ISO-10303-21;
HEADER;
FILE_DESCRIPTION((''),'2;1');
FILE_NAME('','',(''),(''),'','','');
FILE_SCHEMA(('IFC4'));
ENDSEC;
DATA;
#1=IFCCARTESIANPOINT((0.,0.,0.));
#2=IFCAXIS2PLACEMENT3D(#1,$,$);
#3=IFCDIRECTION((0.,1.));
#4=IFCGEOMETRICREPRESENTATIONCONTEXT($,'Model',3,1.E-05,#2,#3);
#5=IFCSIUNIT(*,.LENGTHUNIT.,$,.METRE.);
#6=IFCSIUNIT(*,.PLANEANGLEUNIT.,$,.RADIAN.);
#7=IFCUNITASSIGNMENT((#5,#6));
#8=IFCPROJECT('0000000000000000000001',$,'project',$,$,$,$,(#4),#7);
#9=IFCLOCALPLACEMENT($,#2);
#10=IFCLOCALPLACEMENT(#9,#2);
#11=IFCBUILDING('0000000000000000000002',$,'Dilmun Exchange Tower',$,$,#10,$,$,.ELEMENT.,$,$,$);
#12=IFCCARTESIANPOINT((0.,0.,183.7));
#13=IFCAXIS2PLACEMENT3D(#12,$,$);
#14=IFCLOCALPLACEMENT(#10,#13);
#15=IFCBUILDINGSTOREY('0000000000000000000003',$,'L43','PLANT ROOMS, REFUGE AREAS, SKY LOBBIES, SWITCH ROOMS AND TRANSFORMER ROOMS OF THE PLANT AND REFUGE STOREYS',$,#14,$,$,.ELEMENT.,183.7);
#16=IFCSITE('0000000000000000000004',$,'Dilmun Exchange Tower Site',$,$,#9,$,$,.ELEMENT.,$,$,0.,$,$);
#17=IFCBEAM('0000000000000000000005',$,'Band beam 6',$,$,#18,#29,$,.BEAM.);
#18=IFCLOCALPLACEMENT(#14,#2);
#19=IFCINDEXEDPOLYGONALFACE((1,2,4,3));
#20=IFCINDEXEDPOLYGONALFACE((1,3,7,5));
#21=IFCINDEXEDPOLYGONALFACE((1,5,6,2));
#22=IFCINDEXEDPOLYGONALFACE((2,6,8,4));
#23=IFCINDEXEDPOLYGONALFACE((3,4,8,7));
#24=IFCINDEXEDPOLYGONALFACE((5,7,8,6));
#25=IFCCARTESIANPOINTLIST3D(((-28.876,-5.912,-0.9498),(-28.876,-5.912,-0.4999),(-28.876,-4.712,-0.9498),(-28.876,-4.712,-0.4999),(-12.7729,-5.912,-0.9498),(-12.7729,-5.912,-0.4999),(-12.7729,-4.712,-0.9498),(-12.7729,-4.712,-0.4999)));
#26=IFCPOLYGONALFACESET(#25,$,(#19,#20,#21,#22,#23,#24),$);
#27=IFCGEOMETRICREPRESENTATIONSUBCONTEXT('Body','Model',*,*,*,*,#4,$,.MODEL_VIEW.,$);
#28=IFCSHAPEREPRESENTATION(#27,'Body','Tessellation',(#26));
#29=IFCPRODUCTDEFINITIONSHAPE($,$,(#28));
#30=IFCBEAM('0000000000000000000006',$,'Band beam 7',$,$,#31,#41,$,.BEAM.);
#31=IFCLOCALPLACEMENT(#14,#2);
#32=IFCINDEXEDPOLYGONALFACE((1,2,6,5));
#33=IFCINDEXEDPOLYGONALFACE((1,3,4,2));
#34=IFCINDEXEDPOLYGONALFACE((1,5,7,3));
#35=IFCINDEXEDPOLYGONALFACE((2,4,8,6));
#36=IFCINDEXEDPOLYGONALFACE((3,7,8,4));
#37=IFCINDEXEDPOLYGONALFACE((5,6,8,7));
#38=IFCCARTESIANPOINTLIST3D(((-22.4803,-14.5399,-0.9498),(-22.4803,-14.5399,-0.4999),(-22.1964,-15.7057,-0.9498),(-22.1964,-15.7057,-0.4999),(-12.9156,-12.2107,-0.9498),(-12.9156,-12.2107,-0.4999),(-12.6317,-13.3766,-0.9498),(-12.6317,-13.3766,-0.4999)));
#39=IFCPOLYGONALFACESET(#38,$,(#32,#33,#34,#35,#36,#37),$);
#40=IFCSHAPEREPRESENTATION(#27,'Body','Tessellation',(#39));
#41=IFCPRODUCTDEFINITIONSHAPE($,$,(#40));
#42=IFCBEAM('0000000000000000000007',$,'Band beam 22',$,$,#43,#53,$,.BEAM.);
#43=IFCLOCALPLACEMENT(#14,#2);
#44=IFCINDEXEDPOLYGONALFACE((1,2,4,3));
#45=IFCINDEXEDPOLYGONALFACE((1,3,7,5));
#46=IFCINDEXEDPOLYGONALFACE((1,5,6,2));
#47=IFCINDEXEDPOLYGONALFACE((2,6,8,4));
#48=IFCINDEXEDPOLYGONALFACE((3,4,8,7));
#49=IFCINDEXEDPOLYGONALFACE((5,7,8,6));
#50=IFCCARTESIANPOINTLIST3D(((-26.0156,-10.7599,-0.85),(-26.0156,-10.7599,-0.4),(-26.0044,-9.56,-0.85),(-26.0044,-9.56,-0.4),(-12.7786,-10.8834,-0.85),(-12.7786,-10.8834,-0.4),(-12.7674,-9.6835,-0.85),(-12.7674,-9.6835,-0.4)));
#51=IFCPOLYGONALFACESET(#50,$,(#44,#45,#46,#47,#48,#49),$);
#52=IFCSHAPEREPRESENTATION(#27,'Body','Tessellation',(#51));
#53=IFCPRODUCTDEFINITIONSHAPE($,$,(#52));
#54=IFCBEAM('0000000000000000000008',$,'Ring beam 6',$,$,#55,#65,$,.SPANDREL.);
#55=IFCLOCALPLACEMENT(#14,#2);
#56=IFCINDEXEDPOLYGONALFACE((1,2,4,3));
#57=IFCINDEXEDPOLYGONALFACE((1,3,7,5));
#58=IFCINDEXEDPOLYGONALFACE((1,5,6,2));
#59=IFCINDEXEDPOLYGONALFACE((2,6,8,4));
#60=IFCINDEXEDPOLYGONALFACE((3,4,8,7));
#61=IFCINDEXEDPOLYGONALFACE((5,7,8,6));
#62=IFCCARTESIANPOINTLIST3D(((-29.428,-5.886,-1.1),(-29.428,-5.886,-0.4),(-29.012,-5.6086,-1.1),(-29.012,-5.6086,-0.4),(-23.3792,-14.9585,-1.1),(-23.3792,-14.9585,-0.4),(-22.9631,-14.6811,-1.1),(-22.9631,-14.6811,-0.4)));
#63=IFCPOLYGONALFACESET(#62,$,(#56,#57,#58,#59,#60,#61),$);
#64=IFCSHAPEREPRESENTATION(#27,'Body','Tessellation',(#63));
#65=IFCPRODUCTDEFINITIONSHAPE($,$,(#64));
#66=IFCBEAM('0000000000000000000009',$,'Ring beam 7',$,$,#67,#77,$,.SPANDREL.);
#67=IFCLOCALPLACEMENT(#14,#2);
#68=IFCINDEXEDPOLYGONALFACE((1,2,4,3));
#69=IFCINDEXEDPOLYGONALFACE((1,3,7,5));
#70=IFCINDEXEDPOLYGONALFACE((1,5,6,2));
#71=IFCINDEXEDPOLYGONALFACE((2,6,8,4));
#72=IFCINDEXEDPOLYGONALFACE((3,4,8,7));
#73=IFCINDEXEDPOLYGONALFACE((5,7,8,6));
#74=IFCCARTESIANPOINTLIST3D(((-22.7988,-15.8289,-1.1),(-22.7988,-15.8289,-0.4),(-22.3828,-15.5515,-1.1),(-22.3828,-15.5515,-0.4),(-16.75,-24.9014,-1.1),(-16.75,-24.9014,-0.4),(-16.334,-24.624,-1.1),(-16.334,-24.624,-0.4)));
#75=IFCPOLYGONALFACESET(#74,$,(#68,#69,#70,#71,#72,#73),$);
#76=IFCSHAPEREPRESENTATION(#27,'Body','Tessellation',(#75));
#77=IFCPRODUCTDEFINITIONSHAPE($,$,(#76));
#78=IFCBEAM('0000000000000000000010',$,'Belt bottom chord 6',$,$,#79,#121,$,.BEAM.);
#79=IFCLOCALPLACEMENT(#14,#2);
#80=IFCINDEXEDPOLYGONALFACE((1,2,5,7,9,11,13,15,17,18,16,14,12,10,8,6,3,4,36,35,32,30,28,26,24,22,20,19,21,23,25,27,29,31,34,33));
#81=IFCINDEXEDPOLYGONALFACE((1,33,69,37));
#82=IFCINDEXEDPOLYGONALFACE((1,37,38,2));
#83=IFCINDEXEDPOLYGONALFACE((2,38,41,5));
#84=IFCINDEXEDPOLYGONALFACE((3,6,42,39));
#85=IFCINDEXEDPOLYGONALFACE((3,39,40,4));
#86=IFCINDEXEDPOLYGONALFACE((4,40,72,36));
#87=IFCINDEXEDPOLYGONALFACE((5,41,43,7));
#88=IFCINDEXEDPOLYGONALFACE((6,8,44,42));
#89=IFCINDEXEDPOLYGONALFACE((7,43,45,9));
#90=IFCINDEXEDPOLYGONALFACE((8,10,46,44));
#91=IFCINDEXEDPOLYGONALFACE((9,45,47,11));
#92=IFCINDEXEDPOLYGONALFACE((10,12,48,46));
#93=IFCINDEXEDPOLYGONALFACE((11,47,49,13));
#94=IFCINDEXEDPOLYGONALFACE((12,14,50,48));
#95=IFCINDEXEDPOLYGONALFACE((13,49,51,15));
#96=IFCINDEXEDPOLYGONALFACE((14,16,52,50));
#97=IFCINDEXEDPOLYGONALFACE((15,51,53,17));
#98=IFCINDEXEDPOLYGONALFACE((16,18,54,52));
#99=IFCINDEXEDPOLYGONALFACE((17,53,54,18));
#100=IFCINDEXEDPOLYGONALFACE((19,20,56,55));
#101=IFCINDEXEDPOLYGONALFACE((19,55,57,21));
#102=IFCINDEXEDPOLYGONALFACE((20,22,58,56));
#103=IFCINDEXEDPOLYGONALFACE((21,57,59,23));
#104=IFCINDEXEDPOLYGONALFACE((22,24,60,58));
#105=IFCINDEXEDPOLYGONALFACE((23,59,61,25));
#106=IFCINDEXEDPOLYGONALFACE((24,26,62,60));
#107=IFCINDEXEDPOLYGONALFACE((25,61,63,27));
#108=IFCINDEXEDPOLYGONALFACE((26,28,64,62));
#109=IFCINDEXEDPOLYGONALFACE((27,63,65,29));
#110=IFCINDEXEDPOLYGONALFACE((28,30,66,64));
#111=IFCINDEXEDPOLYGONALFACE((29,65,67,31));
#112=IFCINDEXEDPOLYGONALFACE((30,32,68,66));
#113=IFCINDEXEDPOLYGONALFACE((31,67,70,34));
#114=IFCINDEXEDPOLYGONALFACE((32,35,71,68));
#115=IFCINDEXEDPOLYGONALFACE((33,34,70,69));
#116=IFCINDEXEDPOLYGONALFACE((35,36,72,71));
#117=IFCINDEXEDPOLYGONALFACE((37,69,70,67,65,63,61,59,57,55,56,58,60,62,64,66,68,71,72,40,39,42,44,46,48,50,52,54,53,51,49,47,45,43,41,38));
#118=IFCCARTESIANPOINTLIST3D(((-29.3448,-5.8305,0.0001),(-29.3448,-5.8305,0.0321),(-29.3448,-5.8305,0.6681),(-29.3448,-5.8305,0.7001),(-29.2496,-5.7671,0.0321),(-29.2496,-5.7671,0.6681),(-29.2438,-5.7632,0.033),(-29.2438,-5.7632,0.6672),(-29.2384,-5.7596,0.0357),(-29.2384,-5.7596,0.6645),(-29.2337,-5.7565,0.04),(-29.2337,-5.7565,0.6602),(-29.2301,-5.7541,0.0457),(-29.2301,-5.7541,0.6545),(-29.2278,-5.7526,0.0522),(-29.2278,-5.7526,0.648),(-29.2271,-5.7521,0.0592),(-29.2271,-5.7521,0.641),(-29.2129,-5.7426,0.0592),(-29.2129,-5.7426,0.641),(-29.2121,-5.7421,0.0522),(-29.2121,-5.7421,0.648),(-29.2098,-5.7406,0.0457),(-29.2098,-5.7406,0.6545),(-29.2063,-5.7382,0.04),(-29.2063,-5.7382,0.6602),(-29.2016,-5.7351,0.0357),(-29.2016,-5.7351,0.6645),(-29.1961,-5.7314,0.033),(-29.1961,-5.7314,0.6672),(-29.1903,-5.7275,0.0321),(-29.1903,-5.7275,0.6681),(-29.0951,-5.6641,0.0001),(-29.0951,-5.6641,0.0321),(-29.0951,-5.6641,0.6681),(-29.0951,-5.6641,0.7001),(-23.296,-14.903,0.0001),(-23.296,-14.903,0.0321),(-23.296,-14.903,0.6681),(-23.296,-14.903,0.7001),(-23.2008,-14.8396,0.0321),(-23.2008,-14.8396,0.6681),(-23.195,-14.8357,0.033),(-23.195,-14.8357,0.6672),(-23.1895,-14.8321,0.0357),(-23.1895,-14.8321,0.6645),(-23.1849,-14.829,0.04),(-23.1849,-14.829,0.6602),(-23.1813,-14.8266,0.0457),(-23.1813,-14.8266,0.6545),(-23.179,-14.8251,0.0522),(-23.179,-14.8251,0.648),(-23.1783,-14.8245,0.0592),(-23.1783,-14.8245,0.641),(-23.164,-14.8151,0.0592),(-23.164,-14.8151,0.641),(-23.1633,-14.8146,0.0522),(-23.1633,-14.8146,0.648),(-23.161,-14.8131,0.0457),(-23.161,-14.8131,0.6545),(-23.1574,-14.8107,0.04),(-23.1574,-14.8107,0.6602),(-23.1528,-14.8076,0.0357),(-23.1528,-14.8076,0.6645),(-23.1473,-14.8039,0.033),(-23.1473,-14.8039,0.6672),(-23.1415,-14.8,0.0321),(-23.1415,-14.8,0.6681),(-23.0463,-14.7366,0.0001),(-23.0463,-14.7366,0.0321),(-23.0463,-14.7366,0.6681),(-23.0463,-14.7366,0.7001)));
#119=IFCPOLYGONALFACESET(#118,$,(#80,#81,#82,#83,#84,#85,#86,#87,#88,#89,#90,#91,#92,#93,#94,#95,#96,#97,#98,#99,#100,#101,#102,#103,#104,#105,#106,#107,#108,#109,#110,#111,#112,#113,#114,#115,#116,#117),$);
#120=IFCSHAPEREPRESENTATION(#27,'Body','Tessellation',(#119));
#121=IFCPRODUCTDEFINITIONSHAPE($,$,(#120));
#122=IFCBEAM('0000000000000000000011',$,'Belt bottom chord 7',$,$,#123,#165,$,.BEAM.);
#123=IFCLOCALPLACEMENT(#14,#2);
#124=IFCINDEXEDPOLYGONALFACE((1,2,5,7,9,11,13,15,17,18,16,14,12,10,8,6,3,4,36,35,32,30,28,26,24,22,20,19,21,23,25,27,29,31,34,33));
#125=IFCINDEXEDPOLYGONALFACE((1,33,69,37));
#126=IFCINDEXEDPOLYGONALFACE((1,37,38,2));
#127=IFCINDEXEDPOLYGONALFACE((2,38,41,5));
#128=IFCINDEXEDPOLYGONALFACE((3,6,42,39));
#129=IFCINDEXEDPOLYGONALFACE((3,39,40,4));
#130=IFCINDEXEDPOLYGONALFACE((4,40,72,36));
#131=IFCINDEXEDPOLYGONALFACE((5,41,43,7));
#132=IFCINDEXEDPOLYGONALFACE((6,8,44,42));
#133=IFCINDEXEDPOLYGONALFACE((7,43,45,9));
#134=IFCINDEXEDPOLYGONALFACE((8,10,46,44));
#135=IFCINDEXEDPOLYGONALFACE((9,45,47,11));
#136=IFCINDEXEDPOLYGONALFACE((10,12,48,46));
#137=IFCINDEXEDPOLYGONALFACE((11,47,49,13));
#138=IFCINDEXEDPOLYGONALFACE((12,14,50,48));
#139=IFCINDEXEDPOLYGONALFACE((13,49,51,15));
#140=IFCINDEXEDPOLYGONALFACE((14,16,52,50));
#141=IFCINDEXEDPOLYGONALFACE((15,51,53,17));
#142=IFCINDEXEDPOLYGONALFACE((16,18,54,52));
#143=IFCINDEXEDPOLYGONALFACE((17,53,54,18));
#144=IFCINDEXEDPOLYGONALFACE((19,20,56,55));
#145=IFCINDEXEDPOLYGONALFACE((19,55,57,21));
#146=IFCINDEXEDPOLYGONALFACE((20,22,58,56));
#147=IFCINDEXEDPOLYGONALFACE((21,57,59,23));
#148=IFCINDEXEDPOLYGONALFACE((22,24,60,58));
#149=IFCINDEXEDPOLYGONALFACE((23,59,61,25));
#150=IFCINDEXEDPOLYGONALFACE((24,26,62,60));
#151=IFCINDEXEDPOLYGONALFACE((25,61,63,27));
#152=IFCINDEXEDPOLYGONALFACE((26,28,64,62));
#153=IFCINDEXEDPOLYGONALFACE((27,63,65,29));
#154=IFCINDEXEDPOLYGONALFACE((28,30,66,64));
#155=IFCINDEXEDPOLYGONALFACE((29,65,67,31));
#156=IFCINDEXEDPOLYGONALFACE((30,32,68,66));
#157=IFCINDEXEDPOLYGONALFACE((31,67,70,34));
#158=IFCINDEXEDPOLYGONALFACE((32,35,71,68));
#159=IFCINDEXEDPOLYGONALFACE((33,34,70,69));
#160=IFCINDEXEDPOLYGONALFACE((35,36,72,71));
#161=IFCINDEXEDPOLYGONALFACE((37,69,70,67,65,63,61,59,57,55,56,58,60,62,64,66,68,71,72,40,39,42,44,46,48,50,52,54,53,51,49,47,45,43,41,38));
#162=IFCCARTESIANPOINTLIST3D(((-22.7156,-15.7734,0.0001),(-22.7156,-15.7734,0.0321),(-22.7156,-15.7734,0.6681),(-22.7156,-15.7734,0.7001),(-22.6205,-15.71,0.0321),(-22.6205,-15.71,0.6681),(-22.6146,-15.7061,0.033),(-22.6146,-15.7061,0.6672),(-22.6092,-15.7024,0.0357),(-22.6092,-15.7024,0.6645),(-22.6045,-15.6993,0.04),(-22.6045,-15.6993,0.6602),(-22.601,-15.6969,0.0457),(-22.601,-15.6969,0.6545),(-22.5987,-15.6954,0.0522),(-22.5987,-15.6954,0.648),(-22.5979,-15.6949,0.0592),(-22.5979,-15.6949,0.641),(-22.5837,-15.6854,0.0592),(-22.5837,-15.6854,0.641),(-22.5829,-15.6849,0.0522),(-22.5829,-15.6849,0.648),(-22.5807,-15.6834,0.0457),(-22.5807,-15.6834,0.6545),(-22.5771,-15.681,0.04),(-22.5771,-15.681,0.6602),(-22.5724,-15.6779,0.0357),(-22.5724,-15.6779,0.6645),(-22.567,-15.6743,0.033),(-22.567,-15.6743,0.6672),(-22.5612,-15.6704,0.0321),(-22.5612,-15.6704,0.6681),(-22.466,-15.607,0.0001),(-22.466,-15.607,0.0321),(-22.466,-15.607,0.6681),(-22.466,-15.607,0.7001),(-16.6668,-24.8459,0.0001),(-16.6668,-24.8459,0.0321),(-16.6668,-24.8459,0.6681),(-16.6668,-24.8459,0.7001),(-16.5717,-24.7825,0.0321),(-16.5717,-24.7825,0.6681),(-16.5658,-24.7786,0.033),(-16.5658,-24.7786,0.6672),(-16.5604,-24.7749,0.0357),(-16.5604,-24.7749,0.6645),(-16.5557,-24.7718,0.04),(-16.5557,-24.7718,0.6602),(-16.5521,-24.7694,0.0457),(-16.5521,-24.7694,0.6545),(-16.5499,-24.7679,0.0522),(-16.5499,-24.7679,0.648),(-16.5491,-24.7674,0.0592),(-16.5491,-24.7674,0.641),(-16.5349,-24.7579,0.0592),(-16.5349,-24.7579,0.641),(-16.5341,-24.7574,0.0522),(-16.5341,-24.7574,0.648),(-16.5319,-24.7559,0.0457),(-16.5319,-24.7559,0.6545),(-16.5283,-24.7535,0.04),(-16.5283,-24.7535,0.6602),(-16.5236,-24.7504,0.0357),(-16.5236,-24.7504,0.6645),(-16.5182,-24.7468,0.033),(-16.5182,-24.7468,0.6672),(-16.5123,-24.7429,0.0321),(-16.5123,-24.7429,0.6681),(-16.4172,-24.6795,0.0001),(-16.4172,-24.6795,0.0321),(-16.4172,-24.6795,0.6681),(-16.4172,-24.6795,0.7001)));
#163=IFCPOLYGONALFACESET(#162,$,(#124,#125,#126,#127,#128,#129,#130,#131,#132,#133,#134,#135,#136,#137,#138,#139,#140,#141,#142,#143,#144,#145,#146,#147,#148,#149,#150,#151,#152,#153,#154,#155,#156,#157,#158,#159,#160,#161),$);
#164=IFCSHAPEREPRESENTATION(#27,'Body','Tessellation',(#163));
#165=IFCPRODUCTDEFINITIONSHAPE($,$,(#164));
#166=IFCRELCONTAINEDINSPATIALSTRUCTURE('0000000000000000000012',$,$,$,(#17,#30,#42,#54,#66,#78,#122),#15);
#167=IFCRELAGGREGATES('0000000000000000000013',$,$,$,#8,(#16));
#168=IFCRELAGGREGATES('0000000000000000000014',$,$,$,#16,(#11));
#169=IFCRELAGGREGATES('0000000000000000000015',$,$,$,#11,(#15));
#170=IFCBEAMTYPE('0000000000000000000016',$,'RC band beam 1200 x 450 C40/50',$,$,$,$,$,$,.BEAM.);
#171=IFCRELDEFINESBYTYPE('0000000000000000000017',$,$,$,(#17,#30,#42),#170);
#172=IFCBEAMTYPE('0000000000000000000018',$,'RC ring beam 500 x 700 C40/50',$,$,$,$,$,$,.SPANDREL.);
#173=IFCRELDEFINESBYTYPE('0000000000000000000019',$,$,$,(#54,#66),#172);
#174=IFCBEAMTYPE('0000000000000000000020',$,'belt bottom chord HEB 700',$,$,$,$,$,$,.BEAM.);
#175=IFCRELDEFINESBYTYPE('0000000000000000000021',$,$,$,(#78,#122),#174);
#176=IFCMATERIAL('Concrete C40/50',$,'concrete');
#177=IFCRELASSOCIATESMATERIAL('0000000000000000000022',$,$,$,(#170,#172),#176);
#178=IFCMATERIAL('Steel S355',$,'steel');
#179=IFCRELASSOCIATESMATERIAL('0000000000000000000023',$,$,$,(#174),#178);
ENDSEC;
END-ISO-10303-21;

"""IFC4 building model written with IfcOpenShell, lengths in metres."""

from ifc_helpers import new_model, si_unit, direction, frame, origin, origin_2d, place, context, subcontext, project, spatial, rectangle, i_section, extrude, material, material_profile, profile_set, type_object, element, save


model = new_model("IFC4")

# Units and contexts
model_context = context("Model", 3, precision=1e-05, world=origin(), true_north=direction((0.0, 1.0)))
body_context = subcontext(model_context, "Body", "Model", "MODEL_VIEW")
ifc_project = project(units=[si_unit("LENGTHUNIT", "METRE"), si_unit("PLANEANGLEUNIT", "RADIAN")], contexts=[model_context])

# Site, building, storey
site_placement = place(None, origin())
site = spatial("IfcSite", under=ifc_project, at=site_placement, Name="Dilmun Exchange Tower Site", CompositionType="ELEMENT", RefElevation=0.0)
building_placement = place(site_placement, origin())
building = spatial("IfcBuilding", under=site, at=building_placement, Name="Dilmun Exchange Tower", CompositionType="ELEMENT")
storey_placement = place(building_placement, frame((0.0, 0.0, 183.7)))
storey = spatial("IfcBuildingStorey", under=building, at=storey_placement, Name="L43", Description="PLANT ROOMS, REFUGE AREAS, SKY LOBBIES, SWITCH ROOMS AND TRANSFORMER ROOMS OF THE PLANT AND REFUGE STOREYS", CompositionType="ELEMENT", Elevation=183.7)

# Beams
ifc_material_1 = material(Name="Concrete C40/50", Category="concrete")
ifc_material_profile_1 = material_profile(ifc_material_1, rectangle(XDim=1.2, YDim=0.45, at=origin_2d()), Name="1200 x 450")
ifc_profile_set_1 = profile_set([ifc_material_profile_1], Name="Concrete C40/50")
beam_type_1 = type_object("IfcBeamType", Name="RC band beam 1200 x 450 C40/50", PredefinedType="BEAM", material=ifc_profile_set_1)
beam_1_placement = place(storey_placement, frame((-28.876, -5.312, -0.7249), z_axis=(1.0, 0.0, 0.0), x_axis=(0.0, 1.0, 0.0)))
element("IfcBeam", 1, at=beam_1_placement, inside=storey, type_object=beam_type_1, Name="Band beam 6", PredefinedType="BEAM", context=body_context, shape_type="SweptSolid", body=[
    extrude(rectangle(XDim=1.2, YDim=0.45, at=origin_2d()), origin(), (0.0, 0.0, 1.0), 16.103),
])
beam_2_placement = place(storey_placement, frame((-22.3384, -15.1228, -0.7249), z_axis=(0.971608, 0.236596, 0.0), x_axis=(-0.236596, 0.971608, 0.0)))
element("IfcBeam", 2, at=beam_2_placement, inside=storey, type_object=beam_type_1, Name="Band beam 7", PredefinedType="BEAM", context=body_context, shape_type="SweptSolid", body=[
    extrude(rectangle(XDim=1.2, YDim=0.45, at=origin_2d()), origin(), (0.0, 0.0, 1.0), 9.8442),
])
beam_3_placement = place(storey_placement, frame((-26.01, -10.1599, -0.625), z_axis=(0.999956, -0.009332, 0.0), x_axis=(0.009332, 0.999956, 0.0)))
element("IfcBeam", 3, at=beam_3_placement, inside=storey, type_object=beam_type_1, Name="Band beam 22", PredefinedType="BEAM", context=body_context, shape_type="SweptSolid", body=[
    extrude(rectangle(XDim=1.2, YDim=0.45, at=origin_2d()), origin(), (0.0, 0.0, 1.0), 13.2375),
])
ifc_material_profile_2 = material_profile(ifc_material_1, rectangle(XDim=0.5, YDim=0.7, at=origin_2d()), Name="500 x 700")
ifc_profile_set_2 = profile_set([ifc_material_profile_2], Name="Concrete C40/50")
beam_type_2 = type_object("IfcBeamType", Name="RC ring beam 500 x 700 C40/50", PredefinedType="SPANDREL", material=ifc_profile_set_2)
for number, where, z_axis, x_axis, name in (
    (4, (-29.22, -5.7473, -0.75), (0.554731, -0.83203, 0.0), (0.83203, 0.554731, 0.0), "Ring beam 6"),
    (5, (-22.5908, -15.6902, -0.75), (0.554731, -0.83203, 0.0), (0.83203, 0.554731, 0.0), "Ring beam 7"),
):
    element("IfcBeam", number, at=place(storey_placement, frame(where, z_axis=z_axis, x_axis=x_axis)), inside=storey, type_object=beam_type_2, Name=name, PredefinedType="SPANDREL", context=body_context, shape_type="SweptSolid", body=[
        extrude(rectangle(XDim=0.5, YDim=0.7, at=origin_2d()), origin(), (0.0, 0.0, 1.0), 10.9041),
    ])
ifc_material_2 = material(Name="Steel S355", Category="steel")
ifc_material_profile_3 = material_profile(ifc_material_2, i_section(OverallWidth=0.3, OverallDepth=0.7, WebThickness=0.0171, FlangeThickness=0.032, FilletRadius=0.0271, at=origin_2d()), Name="HEB 700")
ifc_profile_set_3 = profile_set([ifc_material_profile_3], Name="Steel S355")
beam_type_3 = type_object("IfcBeamType", Name="belt bottom chord HEB 700", PredefinedType="BEAM", material=ifc_profile_set_3)
for number, where, z_axis, x_axis, name in (
    (6, (-29.22, -5.7473, 0.3501), (0.554731, -0.83203, 0.0), (0.83203, 0.554731, 0.0), "Belt bottom chord 6"),
    (7, (-22.5908, -15.6902, 0.3501), (0.554731, -0.83203, 0.0), (0.83203, 0.554731, 0.0), "Belt bottom chord 7"),
):
    element("IfcBeam", number, at=place(storey_placement, frame(where, z_axis=z_axis, x_axis=x_axis)), inside=storey, type_object=beam_type_3, Name=name, PredefinedType="BEAM", context=body_context, shape_type="SweptSolid", body=[
        extrude(i_section(OverallWidth=0.3, OverallDepth=0.7, WebThickness=0.0171, FlangeThickness=0.032, FilletRadius=0.0271, at=origin_2d()), origin(), (0.0, 0.0, 1.0), 10.9041),
    ])

save(model, "model.ifc")
